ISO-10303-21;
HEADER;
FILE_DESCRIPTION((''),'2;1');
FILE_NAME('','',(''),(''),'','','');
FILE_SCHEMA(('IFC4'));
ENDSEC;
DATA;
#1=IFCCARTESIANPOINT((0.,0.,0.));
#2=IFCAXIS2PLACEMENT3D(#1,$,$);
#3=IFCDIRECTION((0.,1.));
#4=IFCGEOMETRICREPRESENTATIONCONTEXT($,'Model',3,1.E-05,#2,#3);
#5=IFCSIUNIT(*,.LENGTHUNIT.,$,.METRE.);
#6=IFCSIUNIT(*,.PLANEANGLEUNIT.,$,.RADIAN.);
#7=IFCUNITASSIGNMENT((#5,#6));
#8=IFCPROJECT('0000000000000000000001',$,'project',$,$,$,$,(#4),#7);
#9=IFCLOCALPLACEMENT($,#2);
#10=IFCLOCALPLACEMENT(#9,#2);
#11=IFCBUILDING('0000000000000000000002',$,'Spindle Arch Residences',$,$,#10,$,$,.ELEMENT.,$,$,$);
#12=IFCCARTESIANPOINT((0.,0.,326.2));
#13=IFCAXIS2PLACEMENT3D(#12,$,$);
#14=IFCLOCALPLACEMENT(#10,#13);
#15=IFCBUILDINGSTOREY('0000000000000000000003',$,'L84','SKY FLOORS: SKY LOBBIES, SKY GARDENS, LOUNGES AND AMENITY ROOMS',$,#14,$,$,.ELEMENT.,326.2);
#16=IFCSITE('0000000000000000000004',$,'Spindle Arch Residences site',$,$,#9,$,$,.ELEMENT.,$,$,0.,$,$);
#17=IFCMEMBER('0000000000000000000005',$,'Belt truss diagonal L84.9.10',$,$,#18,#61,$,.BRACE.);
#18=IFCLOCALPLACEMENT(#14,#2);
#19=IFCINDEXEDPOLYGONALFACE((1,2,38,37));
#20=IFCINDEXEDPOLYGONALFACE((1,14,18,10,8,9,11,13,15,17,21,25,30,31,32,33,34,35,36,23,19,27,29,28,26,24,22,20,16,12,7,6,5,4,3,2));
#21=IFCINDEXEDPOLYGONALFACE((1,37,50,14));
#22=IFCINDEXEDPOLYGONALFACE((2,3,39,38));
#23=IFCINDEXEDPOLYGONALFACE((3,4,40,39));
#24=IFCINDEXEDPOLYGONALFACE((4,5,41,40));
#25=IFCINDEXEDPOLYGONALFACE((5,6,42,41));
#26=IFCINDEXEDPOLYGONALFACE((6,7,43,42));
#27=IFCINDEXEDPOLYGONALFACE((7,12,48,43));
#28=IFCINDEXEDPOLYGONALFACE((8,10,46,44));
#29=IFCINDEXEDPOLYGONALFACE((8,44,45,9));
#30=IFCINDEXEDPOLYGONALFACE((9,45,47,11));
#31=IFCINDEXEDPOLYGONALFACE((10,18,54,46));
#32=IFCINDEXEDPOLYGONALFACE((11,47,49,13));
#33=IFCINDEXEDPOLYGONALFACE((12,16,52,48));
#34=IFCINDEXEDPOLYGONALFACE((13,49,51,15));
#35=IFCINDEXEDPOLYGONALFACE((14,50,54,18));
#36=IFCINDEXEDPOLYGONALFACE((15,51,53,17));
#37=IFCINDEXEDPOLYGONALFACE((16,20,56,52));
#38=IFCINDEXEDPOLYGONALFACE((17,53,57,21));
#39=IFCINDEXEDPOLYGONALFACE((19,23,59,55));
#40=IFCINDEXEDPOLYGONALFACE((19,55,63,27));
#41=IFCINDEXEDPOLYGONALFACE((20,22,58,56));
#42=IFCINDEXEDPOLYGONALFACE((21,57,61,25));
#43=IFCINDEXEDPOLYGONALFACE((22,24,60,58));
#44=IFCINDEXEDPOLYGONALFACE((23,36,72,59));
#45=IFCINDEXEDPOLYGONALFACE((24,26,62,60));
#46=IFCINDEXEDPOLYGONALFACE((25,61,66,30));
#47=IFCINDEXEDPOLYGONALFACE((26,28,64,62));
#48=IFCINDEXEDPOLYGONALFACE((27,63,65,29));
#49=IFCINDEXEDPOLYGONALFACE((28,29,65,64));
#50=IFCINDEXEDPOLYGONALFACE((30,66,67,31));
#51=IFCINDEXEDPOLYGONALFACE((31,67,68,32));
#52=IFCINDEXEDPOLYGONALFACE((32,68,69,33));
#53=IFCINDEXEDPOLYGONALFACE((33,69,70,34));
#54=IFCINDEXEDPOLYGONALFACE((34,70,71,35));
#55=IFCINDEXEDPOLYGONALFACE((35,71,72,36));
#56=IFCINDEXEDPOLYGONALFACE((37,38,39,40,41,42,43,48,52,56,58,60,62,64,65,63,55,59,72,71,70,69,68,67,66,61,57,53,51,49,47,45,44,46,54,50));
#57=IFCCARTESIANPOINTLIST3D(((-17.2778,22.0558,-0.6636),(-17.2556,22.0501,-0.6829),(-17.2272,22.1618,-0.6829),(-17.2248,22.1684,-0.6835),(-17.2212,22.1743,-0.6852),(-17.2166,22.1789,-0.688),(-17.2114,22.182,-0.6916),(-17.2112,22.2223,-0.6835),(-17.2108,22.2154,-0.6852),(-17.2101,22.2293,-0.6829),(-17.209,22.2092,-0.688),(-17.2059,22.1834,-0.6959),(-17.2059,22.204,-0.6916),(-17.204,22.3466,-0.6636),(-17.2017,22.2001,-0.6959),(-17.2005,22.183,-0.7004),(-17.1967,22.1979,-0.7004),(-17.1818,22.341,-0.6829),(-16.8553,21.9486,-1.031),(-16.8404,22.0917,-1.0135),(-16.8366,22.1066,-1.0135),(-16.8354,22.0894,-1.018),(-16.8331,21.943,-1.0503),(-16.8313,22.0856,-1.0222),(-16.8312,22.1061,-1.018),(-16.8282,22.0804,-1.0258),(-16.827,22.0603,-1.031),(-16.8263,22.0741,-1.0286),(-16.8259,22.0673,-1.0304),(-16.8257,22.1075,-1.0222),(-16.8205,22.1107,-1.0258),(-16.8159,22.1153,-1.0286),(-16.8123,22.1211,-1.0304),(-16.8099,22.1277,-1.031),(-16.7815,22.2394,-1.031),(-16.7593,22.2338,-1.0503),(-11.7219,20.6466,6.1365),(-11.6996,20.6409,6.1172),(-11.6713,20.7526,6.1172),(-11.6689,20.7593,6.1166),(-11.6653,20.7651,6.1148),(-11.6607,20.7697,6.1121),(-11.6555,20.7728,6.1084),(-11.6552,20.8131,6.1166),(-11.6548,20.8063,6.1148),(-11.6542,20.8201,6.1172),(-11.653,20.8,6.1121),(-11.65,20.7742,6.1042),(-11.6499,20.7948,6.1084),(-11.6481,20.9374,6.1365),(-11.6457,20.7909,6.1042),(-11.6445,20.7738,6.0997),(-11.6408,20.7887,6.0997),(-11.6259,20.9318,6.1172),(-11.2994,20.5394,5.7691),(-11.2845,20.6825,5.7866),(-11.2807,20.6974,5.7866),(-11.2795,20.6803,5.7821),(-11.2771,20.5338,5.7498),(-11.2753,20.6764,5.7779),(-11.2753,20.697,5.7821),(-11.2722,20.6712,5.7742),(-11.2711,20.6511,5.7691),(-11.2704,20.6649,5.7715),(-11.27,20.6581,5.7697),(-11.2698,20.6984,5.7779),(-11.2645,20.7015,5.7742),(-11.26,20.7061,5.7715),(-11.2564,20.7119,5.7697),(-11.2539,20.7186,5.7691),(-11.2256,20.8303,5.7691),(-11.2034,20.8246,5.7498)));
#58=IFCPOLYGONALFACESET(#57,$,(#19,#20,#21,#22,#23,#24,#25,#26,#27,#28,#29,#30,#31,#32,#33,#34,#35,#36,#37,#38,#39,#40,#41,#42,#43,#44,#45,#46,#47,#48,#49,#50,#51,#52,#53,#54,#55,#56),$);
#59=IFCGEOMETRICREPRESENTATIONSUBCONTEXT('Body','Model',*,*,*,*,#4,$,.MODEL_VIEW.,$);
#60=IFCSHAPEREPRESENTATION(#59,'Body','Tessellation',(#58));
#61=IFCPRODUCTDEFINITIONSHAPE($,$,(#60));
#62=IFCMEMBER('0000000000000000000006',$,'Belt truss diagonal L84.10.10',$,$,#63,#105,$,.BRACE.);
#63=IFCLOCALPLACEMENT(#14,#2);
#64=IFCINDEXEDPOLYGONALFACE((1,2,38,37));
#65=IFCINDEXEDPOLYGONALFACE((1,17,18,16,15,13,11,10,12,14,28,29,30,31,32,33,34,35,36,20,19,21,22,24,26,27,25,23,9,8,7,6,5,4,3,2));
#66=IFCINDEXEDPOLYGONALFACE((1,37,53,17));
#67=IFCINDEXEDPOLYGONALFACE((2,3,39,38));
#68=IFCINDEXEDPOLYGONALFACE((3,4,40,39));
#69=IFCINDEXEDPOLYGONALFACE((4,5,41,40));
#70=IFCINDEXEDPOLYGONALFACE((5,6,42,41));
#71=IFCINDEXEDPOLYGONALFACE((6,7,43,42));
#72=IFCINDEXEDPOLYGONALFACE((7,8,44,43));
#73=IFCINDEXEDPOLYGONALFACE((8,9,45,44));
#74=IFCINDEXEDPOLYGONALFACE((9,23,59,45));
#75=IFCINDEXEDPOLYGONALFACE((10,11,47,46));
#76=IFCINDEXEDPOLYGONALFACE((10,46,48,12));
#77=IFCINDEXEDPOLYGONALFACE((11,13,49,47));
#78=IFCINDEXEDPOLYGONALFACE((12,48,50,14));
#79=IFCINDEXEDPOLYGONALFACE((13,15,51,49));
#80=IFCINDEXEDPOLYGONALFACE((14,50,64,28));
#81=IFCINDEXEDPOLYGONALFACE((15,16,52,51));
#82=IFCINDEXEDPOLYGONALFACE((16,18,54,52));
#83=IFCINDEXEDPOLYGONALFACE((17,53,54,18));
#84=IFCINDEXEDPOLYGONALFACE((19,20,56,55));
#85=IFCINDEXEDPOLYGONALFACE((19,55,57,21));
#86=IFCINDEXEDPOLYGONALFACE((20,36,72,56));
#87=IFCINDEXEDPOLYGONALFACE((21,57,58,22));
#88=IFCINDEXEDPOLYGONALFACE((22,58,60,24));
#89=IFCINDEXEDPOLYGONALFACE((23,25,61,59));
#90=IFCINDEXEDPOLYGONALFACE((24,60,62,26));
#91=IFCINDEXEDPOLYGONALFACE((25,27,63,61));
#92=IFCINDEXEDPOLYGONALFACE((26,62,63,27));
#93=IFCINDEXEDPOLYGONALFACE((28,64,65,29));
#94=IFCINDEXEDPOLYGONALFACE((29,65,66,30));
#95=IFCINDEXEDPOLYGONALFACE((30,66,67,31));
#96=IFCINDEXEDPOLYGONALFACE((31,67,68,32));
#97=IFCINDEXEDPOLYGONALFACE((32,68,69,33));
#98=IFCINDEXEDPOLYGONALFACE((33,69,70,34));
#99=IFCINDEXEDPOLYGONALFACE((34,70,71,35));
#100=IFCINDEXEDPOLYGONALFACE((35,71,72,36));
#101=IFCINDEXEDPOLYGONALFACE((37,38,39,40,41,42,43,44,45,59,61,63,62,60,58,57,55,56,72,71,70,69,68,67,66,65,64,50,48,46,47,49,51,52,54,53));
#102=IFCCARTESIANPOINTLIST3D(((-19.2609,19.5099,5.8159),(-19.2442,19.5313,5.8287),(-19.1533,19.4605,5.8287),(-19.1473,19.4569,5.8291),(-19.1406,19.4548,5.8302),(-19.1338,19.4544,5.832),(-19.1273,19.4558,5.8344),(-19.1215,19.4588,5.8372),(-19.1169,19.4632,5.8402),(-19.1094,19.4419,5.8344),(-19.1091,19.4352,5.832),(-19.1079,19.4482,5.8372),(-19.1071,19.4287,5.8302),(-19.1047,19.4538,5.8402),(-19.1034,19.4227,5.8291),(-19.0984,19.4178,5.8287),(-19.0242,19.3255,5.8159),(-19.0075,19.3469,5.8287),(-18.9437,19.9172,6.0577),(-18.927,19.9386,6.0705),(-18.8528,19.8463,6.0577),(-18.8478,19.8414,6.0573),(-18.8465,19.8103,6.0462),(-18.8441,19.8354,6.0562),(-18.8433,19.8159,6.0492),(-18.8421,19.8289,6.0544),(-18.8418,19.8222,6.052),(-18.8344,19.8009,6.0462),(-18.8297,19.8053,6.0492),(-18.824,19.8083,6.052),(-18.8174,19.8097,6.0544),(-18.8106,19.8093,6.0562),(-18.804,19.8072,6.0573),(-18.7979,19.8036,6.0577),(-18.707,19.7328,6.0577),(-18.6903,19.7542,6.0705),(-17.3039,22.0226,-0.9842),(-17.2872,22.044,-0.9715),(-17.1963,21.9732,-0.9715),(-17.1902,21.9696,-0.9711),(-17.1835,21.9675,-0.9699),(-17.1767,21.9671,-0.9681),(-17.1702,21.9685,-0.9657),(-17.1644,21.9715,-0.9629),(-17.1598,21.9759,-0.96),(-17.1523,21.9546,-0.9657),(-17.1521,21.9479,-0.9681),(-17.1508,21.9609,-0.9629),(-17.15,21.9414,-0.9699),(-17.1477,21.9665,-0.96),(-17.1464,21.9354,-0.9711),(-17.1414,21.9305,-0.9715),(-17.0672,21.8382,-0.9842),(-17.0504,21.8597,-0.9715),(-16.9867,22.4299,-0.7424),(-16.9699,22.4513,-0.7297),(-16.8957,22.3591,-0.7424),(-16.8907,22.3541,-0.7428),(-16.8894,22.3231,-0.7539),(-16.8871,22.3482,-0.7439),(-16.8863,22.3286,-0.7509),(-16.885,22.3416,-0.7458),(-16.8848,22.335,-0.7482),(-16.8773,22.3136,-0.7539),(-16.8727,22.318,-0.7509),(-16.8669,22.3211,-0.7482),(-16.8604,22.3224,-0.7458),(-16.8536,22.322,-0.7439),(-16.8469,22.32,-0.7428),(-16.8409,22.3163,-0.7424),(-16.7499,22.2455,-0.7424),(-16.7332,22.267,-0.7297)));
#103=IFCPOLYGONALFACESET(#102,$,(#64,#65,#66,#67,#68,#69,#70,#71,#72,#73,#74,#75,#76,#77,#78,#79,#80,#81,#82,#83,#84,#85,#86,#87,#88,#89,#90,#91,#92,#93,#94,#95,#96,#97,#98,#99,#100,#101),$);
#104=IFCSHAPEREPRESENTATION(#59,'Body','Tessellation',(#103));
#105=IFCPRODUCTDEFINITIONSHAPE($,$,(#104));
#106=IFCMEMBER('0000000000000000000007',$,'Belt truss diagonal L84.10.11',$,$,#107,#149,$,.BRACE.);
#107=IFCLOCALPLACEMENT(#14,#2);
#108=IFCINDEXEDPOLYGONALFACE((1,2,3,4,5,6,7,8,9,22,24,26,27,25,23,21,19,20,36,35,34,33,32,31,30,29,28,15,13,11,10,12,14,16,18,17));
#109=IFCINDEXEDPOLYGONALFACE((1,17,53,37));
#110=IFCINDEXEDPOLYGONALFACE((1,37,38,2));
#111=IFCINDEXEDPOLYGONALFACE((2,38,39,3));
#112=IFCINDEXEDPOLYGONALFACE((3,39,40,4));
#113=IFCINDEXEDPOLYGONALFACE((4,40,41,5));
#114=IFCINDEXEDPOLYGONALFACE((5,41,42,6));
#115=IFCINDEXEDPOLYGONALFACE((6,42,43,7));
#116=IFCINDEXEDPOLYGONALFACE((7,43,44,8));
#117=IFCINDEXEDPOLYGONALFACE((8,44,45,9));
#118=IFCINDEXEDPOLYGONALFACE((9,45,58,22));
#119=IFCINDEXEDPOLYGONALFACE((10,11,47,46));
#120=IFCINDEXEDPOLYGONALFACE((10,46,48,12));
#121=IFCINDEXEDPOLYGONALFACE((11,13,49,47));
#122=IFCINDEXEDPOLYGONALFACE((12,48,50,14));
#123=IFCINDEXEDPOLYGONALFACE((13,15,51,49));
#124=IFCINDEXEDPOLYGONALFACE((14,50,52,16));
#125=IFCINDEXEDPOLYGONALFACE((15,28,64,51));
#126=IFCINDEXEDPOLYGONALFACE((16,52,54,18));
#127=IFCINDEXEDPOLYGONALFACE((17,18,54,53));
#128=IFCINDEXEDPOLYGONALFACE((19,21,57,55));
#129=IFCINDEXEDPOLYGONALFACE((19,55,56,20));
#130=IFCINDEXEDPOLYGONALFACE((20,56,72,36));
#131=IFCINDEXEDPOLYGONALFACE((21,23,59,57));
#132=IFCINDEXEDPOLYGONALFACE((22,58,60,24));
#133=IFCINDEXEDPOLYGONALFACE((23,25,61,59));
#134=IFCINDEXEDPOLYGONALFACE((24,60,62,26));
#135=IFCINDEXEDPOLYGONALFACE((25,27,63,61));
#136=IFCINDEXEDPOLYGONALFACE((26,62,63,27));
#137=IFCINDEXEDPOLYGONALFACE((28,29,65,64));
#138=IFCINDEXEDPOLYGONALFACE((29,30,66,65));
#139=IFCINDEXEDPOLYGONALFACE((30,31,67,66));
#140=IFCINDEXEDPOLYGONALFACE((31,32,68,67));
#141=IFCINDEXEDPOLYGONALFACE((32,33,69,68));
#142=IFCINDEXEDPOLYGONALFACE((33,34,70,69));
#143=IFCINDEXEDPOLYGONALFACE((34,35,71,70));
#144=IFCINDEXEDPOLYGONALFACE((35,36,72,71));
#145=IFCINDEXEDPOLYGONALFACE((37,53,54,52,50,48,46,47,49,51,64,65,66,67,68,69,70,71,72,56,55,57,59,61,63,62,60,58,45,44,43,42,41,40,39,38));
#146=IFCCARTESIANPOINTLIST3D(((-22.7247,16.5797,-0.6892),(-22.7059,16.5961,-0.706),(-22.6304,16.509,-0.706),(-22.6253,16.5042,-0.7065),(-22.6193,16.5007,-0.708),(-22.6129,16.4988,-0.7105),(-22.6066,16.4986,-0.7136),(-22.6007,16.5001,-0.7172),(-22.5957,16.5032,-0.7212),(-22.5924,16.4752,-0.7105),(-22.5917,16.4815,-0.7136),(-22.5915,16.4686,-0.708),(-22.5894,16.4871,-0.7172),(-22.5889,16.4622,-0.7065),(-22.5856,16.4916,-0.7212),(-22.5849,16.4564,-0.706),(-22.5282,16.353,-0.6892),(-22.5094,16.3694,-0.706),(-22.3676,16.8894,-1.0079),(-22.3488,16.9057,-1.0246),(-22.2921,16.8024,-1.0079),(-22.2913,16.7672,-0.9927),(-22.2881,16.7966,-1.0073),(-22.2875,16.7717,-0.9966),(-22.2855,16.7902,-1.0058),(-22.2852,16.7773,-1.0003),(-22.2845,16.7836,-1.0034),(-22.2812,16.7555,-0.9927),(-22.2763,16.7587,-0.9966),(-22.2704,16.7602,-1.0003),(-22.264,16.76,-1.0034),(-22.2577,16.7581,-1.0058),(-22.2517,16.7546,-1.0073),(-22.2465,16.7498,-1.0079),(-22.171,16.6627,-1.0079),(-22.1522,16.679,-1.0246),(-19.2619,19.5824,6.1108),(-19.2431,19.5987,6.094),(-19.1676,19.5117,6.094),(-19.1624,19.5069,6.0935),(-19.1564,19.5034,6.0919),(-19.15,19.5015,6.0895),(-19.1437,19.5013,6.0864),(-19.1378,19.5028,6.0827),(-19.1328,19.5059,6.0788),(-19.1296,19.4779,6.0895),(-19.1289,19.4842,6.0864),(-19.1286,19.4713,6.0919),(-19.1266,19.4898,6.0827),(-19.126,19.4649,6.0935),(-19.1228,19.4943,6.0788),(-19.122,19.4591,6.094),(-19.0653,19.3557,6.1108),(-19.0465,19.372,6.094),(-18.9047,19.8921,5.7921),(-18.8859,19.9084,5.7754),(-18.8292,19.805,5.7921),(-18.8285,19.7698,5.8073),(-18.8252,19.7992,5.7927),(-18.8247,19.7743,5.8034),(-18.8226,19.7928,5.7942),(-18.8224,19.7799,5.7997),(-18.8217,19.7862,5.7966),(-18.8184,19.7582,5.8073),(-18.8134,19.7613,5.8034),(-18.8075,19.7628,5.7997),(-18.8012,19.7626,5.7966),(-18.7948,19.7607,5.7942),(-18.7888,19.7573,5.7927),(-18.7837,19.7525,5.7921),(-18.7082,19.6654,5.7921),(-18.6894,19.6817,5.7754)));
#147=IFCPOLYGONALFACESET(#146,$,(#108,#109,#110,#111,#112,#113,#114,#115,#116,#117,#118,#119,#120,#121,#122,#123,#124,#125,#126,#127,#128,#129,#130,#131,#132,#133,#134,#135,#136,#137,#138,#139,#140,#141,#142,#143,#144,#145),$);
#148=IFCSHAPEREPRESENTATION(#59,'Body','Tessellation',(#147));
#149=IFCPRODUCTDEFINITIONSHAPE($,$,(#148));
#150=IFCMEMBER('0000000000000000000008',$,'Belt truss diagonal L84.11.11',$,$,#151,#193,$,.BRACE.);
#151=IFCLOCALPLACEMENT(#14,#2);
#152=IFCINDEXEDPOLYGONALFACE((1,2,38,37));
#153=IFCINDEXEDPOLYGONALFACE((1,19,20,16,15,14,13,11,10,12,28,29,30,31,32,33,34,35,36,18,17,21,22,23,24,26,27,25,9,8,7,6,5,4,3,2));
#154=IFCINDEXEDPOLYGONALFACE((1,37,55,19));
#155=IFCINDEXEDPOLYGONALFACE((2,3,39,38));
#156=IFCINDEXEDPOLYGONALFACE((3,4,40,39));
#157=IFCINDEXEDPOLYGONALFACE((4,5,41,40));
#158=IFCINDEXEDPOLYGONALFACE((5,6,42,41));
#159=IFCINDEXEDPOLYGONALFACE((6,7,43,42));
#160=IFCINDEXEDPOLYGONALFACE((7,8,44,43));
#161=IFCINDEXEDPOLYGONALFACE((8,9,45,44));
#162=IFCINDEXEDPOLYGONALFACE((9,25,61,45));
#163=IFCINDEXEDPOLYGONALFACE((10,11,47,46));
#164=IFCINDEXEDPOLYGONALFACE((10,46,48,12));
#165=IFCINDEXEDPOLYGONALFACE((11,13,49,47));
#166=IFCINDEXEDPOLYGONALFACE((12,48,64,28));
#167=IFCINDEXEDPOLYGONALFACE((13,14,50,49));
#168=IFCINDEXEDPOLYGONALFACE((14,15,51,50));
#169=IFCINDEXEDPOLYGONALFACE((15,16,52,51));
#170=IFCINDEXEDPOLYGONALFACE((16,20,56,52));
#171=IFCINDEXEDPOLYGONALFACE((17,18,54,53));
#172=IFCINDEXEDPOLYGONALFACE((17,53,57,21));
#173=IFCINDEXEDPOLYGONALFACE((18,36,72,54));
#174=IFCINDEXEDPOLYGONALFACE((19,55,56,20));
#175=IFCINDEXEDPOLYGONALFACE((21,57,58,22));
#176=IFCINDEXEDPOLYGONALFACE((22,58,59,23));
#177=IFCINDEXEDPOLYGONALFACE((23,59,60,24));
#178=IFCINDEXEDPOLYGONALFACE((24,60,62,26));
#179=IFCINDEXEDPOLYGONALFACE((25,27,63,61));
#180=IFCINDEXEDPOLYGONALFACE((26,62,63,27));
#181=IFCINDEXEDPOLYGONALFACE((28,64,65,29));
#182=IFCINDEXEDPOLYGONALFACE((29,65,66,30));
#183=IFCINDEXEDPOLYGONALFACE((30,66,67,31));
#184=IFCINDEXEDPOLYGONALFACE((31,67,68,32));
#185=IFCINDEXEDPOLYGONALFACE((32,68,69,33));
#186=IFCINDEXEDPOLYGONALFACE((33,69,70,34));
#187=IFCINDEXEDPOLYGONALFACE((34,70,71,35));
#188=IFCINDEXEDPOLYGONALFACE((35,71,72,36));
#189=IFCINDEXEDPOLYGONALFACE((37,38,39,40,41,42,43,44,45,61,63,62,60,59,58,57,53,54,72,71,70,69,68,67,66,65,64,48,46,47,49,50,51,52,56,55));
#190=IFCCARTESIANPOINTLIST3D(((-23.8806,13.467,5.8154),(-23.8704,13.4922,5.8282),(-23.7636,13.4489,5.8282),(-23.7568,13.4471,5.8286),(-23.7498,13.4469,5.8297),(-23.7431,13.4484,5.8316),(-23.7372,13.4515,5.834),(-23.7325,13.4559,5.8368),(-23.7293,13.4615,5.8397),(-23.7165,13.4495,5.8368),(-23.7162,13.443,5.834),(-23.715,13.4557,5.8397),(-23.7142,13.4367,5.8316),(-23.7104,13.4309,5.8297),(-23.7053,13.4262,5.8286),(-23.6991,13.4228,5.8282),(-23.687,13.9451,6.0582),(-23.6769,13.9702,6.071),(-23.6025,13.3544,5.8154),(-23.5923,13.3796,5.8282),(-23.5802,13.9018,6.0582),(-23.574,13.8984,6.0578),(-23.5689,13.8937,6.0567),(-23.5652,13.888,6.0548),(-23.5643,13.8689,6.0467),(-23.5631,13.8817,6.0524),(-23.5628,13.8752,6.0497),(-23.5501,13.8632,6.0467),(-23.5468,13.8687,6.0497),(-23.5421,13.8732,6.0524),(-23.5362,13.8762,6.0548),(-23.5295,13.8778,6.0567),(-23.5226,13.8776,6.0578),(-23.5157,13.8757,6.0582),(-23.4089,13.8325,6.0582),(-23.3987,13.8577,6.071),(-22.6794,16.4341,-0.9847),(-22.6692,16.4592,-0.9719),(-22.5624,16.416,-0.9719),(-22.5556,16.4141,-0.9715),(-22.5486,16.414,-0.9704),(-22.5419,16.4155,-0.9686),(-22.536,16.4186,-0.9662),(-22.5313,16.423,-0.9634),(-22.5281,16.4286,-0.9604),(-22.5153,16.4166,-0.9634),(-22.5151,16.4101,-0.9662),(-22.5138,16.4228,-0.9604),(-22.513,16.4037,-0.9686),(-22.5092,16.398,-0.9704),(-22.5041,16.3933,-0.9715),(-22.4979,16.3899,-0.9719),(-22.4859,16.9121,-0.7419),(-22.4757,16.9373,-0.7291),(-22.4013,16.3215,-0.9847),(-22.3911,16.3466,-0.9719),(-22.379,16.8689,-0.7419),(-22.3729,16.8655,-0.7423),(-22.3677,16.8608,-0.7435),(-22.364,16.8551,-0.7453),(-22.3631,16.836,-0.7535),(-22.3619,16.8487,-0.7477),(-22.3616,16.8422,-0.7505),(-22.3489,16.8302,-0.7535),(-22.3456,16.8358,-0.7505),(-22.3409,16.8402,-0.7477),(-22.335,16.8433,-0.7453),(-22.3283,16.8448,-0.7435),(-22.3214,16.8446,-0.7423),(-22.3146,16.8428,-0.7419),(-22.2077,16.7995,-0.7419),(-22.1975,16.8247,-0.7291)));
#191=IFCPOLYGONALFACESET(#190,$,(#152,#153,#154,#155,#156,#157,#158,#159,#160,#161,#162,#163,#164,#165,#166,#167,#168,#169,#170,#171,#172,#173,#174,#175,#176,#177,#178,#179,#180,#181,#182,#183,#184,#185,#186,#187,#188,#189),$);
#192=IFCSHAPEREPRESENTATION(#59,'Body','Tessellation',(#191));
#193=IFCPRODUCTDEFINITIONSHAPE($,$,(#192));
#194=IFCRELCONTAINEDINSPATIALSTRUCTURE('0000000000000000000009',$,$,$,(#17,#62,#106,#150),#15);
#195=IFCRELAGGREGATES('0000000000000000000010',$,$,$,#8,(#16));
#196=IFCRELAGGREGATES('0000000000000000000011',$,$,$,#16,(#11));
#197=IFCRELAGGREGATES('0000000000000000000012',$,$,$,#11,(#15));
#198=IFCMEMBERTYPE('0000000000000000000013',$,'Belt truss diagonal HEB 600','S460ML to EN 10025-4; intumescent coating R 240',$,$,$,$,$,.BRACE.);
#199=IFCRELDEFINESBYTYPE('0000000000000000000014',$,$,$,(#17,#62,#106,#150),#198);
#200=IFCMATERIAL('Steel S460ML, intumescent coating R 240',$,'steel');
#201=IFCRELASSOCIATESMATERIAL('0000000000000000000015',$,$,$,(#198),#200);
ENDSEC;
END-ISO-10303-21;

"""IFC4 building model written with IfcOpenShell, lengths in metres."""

from ifc_helpers import new_model, si_unit, direction, frame, origin, origin_2d, place, context, subcontext, project, spatial, i_section, extrude, material, material_profile, profile_set, type_object, element, save


model = new_model("IFC4")

# Units and contexts
model_context = context("Model", 3, precision=1e-05, world=origin(), true_north=direction((0.0, 1.0)))
body_context = subcontext(model_context, "Body", "Model", "MODEL_VIEW")
ifc_project = project(units=[si_unit("LENGTHUNIT", "METRE"), si_unit("PLANEANGLEUNIT", "RADIAN")], contexts=[model_context])

# Site, building, storey
site_placement = place(None, origin())
site = spatial("IfcSite", under=ifc_project, at=site_placement, Name="Spindle Arch Residences site", CompositionType="ELEMENT", RefElevation=0.0)
building_placement = place(site_placement, origin())
building = spatial("IfcBuilding", under=site, at=building_placement, Name="Spindle Arch Residences", CompositionType="ELEMENT")
storey_placement = place(building_placement, frame((0.0, 0.0, 326.2)))
storey = spatial("IfcBuildingStorey", under=building, at=storey_placement, Name="L84", Description="SKY FLOORS: SKY LOBBIES, SKY GARDENS, LOUNGES AND AMENITY ROOMS", CompositionType="ELEMENT", Elevation=326.2)

# Members
ifc_material_1 = material(Name="Steel S460ML, intumescent coating R 240", Category="steel")
ifc_material_profile_1 = material_profile(ifc_material_1, i_section(OverallWidth=0.3, OverallDepth=0.6001, WebThickness=0.0154, FlangeThickness=0.03, FilletRadius=0.0271, at=origin_2d()), Name="HEB 600")
ifc_profile_set_1 = profile_set([ifc_material_profile_1], Name="Steel S460ML, intumescent coating R 240")
member_type_1 = type_object("IfcMemberType", Name="Belt truss diagonal HEB 600", Description="S460ML to EN 10025-4; intumescent coating R 240", PredefinedType="BRACE", material=ifc_profile_set_1)
member_1_placement = place(storey_placement, frame((-17.0186, 22.1448, -0.8569), z_axis=(0.624715, -0.15845, 0.764608), x_axis=(0.245852, 0.969308, 0.0)))
element("IfcMember", 1, at=member_1_placement, inside=storey, type_object=member_type_1, Name="Belt truss diagonal L84.9.10", PredefinedType="BRACE", context=body_context, shape_type="SweptSolid", body=[
    extrude(i_section(OverallWidth=0.3, OverallDepth=0.6001, WebThickness=0.0154, FlangeThickness=0.03, FilletRadius=0.0271, at=origin_2d()), origin(), (0.0, 0.0, 1.0), 8.8936),
])
member_2_placement = place(storey_placement, frame((-17.0186, 22.1448, -0.8569), z_axis=(-0.260627, -0.334627, 0.905593), x_axis=(0.788939, -0.614471, 0.0)))
element("IfcMember", 2, at=member_2_placement, inside=storey, type_object=member_type_1, Name="Belt truss diagonal L84.10.10", PredefinedType="BRACE", context=body_context, shape_type="SweptSolid", body=[
    extrude(i_section(OverallWidth=0.3, OverallDepth=0.6001, WebThickness=0.0154, FlangeThickness=0.03, FilletRadius=0.0271, at=origin_2d()), origin(), (0.0, 0.0, 1.0), 7.509),
])
member_3_placement = place(storey_placement, frame((-22.4385, 16.6294, -0.8569), z_axis=(0.422277, 0.366158, 0.829222), x_axis=(-0.655119, 0.755526, 0.0)))
element("IfcMember", 3, at=member_3_placement, inside=storey, type_object=member_type_1, Name="Belt truss diagonal L84.10.11", PredefinedType="BRACE", context=body_context, shape_type="SweptSolid", body=[
    extrude(i_section(OverallWidth=0.3, OverallDepth=0.6001, WebThickness=0.0154, FlangeThickness=0.03, FilletRadius=0.0271, at=origin_2d()), origin(), (0.0, 0.0, 1.0), 8.2004),
])
member_4_placement = place(storey_placement, frame((-22.4385, 16.6294, -0.8569), z_axis=(-0.15982, -0.394775, 0.904771), x_axis=(0.926922, -0.375254, 0.0)))
element("IfcMember", 4, at=member_4_placement, inside=storey, type_object=member_type_1, Name="Belt truss diagonal L84.11.11", PredefinedType="BRACE", context=body_context, shape_type="SweptSolid", body=[
    extrude(i_section(OverallWidth=0.3, OverallDepth=0.6001, WebThickness=0.0154, FlangeThickness=0.03, FilletRadius=0.0271, at=origin_2d()), origin(), (0.0, 0.0, 1.0), 7.5159),
])

save(model, "model.ifc")
